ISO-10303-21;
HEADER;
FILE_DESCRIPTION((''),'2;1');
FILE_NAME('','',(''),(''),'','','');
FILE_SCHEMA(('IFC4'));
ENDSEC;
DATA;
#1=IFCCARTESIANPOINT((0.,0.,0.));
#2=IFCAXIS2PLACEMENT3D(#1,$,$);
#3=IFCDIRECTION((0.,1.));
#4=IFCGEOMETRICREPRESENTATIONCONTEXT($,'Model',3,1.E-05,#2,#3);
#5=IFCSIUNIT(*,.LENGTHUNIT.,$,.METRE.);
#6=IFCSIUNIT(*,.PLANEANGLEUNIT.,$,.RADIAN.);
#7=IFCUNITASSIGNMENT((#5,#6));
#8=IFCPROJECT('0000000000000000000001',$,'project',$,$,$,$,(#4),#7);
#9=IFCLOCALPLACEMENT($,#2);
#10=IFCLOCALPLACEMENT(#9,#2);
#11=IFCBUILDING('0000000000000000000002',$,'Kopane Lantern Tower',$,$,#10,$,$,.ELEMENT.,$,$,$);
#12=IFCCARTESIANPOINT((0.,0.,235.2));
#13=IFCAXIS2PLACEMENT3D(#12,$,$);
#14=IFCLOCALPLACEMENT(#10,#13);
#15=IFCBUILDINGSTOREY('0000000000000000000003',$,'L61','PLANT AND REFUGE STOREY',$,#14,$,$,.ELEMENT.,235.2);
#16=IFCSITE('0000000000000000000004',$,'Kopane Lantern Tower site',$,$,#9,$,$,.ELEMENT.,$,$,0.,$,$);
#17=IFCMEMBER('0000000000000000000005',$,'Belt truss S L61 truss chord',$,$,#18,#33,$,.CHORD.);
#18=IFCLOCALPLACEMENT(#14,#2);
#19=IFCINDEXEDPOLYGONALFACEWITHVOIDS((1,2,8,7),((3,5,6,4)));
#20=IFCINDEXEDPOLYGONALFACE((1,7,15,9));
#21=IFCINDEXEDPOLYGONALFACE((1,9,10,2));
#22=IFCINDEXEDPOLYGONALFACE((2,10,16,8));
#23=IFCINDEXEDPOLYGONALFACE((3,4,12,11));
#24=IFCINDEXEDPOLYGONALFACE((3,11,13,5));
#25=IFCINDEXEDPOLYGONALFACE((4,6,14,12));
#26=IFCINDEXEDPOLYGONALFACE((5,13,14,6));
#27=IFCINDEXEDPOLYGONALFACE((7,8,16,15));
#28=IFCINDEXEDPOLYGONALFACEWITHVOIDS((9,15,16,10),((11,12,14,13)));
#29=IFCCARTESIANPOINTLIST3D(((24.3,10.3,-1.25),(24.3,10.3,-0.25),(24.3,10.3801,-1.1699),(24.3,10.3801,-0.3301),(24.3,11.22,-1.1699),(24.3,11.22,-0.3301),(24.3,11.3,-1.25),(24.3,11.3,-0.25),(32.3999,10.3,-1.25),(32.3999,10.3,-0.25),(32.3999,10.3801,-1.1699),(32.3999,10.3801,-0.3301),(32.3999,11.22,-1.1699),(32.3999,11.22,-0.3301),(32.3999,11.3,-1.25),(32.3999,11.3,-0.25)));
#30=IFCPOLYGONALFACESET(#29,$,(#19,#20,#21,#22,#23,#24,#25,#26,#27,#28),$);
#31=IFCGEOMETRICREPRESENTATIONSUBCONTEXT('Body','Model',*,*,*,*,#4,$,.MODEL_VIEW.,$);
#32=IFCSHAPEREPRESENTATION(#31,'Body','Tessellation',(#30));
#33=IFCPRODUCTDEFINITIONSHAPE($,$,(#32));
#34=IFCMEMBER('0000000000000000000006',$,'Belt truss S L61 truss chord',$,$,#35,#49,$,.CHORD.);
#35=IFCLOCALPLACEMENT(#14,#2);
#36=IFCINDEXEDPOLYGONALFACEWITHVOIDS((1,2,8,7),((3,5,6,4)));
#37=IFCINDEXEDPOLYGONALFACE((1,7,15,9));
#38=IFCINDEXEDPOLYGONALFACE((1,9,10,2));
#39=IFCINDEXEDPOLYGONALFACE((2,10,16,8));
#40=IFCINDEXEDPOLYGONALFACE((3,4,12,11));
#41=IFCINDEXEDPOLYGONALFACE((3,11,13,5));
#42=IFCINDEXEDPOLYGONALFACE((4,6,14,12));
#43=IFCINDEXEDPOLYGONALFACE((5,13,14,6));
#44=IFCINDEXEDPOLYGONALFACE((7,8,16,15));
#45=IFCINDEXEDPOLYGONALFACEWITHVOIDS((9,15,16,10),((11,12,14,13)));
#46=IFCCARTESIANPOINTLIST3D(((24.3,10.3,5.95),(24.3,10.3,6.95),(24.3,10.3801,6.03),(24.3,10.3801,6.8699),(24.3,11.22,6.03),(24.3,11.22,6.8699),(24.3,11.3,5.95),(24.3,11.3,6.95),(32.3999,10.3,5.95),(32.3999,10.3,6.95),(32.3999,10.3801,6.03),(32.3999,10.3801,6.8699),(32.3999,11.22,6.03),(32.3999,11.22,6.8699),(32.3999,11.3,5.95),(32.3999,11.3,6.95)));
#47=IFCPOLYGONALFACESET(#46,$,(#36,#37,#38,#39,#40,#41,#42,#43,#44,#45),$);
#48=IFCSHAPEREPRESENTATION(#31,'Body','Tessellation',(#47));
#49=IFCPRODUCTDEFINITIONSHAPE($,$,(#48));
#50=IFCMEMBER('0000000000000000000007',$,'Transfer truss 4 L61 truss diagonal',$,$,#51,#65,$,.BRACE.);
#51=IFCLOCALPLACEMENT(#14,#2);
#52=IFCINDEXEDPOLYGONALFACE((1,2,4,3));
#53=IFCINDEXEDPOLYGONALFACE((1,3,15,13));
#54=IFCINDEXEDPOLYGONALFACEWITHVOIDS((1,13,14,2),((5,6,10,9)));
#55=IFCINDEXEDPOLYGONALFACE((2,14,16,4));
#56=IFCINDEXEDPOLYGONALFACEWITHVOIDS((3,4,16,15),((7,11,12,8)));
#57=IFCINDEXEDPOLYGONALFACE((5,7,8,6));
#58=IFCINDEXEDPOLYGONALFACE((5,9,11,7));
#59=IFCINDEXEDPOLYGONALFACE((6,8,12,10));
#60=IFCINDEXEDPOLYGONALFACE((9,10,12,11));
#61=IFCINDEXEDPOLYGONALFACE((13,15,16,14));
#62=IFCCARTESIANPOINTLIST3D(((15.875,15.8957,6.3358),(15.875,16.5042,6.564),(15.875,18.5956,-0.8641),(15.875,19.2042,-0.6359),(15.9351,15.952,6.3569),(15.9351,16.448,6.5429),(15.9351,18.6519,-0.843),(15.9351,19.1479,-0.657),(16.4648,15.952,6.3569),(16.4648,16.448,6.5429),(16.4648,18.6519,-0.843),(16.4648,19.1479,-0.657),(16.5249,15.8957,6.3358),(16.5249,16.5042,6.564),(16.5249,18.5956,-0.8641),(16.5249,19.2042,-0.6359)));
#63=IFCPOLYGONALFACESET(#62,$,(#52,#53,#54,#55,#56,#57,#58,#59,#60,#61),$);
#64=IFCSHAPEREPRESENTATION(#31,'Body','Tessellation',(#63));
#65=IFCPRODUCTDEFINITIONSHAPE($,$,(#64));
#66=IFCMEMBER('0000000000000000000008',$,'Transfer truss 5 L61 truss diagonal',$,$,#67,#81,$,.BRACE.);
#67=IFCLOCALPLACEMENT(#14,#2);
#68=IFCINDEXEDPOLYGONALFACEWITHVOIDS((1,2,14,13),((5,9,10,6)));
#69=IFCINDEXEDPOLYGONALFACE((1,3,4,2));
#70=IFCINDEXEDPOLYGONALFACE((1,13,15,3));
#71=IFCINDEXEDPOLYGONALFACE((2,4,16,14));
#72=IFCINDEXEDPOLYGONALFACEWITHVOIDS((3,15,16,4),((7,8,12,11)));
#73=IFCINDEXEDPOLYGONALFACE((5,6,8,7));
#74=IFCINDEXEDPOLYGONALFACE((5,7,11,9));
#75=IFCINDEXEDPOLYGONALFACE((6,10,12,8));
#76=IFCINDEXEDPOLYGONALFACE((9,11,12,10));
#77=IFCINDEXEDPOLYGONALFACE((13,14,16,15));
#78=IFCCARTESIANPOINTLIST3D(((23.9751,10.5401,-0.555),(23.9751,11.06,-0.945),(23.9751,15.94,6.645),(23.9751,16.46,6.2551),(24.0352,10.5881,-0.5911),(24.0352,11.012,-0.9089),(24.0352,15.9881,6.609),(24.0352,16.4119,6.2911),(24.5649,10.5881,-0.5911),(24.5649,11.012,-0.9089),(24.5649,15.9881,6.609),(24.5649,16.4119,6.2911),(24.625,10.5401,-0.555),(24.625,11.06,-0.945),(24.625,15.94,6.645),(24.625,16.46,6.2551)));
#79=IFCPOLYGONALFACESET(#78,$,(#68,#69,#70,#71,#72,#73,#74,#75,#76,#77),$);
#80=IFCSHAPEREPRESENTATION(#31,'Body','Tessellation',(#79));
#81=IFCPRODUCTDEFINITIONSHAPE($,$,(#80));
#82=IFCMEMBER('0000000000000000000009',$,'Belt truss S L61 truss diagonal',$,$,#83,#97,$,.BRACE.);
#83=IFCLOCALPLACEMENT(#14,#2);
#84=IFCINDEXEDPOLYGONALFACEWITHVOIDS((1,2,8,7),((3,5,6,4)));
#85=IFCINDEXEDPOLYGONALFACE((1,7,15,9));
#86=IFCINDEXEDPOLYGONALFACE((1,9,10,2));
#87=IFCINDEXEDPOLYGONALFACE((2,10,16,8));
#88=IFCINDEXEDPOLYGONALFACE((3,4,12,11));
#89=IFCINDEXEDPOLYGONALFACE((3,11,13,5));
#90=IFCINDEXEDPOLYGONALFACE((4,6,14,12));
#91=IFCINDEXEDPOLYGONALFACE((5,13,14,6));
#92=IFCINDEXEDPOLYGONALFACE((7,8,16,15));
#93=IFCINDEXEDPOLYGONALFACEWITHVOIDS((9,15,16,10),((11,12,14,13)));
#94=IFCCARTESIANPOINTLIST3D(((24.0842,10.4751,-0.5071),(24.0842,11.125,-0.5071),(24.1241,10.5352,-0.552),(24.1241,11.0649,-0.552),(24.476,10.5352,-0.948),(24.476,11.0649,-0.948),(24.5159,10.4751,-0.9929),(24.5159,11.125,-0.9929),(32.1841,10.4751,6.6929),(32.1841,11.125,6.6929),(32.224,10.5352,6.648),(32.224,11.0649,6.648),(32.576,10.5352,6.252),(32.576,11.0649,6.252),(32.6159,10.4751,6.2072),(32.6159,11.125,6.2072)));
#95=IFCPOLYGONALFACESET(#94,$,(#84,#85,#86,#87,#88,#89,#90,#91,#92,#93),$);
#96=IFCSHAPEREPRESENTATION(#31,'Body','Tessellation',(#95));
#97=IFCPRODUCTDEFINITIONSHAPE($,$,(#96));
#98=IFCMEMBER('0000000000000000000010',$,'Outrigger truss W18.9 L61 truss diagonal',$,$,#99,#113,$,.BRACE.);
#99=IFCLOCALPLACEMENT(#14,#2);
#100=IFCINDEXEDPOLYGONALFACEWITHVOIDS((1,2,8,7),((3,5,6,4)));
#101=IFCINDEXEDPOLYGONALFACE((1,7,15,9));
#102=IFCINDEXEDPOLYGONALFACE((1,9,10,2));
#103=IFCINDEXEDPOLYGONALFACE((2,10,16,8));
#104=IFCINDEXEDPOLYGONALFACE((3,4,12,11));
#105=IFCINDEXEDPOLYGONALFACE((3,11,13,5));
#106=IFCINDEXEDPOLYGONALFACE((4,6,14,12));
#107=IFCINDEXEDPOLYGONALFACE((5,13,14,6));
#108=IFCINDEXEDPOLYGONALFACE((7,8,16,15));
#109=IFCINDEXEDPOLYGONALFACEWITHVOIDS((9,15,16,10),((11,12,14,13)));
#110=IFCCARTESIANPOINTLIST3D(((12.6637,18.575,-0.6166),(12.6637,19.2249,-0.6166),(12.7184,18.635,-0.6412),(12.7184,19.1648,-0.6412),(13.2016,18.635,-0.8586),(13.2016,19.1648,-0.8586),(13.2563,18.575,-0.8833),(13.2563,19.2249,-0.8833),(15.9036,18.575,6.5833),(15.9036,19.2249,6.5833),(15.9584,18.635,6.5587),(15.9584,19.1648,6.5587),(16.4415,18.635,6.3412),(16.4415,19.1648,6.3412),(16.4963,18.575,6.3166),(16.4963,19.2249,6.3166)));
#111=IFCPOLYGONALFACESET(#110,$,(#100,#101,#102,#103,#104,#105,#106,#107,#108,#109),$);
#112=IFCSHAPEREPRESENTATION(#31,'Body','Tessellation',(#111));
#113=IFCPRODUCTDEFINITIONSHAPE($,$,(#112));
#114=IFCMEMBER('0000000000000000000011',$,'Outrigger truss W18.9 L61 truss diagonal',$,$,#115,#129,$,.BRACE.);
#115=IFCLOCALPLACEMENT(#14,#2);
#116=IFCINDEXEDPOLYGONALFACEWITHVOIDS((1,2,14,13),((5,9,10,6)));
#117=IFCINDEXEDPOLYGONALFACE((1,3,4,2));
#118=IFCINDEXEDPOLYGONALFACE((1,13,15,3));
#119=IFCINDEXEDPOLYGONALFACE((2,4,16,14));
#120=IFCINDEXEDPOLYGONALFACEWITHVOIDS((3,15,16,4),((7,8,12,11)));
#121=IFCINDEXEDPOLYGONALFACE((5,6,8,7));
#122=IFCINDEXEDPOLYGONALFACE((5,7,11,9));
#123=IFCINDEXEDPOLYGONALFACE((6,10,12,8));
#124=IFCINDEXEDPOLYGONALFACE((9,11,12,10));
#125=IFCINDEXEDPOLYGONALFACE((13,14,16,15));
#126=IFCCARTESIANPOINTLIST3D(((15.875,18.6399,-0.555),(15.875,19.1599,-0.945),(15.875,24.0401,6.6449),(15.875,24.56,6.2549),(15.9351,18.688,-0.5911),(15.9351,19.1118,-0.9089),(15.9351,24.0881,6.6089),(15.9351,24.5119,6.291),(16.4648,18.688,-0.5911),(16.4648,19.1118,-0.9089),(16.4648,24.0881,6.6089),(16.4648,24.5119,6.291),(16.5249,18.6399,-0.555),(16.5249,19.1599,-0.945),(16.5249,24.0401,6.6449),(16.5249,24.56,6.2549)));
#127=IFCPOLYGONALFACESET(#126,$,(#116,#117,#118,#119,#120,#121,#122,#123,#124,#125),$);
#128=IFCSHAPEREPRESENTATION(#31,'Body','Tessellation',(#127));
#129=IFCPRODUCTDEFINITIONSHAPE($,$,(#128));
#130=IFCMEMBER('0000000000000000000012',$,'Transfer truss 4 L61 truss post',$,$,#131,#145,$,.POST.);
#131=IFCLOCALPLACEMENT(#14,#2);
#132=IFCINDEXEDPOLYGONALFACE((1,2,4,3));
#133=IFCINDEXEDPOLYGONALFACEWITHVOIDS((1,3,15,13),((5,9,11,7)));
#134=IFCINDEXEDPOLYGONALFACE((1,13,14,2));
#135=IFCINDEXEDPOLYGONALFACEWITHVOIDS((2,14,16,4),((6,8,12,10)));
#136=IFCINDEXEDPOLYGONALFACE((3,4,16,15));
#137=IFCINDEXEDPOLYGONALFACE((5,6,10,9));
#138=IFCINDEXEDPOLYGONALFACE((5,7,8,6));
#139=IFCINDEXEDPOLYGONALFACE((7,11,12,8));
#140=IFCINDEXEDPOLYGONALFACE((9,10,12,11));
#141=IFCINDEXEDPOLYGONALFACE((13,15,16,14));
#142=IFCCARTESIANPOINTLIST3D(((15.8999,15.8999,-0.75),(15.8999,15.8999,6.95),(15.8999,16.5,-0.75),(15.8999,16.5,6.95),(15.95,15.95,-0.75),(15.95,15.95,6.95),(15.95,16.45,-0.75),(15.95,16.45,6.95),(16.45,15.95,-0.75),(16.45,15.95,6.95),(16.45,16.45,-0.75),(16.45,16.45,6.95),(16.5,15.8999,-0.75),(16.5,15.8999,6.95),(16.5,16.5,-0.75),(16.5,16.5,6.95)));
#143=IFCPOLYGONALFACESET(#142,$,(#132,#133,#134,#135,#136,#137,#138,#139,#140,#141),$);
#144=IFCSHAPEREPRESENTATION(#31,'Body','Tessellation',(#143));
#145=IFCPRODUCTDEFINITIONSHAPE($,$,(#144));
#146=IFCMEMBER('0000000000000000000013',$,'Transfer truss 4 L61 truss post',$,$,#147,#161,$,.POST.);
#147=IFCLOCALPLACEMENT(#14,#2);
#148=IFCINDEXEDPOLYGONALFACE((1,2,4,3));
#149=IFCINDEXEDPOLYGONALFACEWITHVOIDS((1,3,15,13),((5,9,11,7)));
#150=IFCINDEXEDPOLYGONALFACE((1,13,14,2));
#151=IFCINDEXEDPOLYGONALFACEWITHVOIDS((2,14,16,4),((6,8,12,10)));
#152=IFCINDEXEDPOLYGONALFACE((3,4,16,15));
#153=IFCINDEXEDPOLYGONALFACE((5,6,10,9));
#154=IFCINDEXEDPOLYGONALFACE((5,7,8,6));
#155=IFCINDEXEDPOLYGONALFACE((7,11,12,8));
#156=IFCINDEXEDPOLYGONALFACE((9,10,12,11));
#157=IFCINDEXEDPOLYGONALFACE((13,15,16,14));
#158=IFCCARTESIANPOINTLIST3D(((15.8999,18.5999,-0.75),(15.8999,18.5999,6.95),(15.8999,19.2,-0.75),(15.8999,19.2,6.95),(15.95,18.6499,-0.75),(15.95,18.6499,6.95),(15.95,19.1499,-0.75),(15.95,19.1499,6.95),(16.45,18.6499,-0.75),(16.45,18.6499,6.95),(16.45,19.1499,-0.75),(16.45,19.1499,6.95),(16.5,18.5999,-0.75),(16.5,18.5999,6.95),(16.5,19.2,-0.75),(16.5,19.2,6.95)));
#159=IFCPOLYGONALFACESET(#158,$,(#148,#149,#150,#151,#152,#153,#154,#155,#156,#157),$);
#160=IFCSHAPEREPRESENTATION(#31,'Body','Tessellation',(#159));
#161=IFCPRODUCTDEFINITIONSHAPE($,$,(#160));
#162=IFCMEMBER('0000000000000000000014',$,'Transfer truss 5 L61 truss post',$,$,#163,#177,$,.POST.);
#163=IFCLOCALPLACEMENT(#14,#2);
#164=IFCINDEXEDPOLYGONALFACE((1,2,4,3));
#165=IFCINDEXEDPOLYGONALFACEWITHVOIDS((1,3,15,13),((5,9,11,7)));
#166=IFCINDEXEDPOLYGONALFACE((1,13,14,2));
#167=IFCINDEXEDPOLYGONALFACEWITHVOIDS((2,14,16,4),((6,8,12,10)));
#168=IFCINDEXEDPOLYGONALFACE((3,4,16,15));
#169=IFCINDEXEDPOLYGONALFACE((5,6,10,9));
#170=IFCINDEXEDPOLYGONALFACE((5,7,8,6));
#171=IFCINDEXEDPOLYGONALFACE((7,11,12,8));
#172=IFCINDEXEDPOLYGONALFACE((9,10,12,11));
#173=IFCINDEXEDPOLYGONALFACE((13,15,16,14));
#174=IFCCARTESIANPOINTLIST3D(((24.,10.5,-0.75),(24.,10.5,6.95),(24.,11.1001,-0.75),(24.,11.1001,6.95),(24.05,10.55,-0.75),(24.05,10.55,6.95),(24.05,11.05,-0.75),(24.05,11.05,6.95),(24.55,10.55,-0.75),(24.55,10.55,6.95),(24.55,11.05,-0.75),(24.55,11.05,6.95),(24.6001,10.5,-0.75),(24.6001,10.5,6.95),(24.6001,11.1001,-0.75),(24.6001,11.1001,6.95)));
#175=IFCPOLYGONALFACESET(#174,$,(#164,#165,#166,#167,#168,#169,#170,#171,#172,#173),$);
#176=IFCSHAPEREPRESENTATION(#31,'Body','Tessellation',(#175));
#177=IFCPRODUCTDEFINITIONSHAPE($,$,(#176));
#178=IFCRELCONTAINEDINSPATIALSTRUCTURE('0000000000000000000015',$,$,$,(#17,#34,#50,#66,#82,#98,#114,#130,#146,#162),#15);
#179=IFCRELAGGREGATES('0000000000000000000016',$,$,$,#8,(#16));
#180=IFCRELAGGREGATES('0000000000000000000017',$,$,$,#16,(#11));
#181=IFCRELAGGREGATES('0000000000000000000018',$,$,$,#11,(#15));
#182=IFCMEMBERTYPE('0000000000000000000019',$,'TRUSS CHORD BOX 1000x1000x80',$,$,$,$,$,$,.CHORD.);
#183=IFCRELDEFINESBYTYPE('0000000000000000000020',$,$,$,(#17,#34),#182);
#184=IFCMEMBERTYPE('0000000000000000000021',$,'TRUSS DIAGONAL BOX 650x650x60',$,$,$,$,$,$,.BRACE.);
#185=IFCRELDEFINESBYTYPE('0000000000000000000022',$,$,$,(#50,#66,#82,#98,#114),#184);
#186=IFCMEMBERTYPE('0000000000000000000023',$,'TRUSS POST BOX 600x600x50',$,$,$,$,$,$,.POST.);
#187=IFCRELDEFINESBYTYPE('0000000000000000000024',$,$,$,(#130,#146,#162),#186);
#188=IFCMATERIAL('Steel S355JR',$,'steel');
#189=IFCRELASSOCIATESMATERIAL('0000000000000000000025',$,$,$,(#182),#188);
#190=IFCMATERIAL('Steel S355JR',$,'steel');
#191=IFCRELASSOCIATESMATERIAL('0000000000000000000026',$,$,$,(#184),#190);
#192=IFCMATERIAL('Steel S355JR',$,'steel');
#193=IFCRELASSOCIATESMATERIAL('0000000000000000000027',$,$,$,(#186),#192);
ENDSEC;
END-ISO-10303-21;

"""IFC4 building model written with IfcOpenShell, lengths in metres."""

from ifc_helpers import new_model, si_unit, direction, frame, origin, origin_2d, place, context, subcontext, project, spatial, hollow_rectangle, extrude, material, material_profile, profile_set, type_object, element, save


model = new_model("IFC4")

# Units and contexts
model_context = context("Model", 3, precision=1e-05, world=origin(), true_north=direction((0.0, 1.0)))
body_context = subcontext(model_context, "Body", "Model", "MODEL_VIEW")
ifc_project = project(units=[si_unit("LENGTHUNIT", "METRE"), si_unit("PLANEANGLEUNIT", "RADIAN")], contexts=[model_context])

# Site, building, storey
site_placement = place(None, origin())
site = spatial("IfcSite", under=ifc_project, at=site_placement, Name="Kopane Lantern Tower site", CompositionType="ELEMENT", RefElevation=0.0)
building_placement = place(site_placement, origin())
building = spatial("IfcBuilding", under=site, at=building_placement, Name="Kopane Lantern Tower", CompositionType="ELEMENT")
storey_placement = place(building_placement, frame((0.0, 0.0, 235.2)))
storey = spatial("IfcBuildingStorey", under=building, at=storey_placement, Name="L61", Description="PLANT AND REFUGE STOREY", CompositionType="ELEMENT", Elevation=235.2)

# Members
ifc_material_1 = material(Name="Steel S355JR", Category="steel")
ifc_material_profile_1 = material_profile(ifc_material_1, hollow_rectangle(XDim=1.0, YDim=1.0, WallThickness=0.0801, at=origin_2d()), Name="BOX 1000x1000x80")
ifc_profile_set_1 = profile_set([ifc_material_profile_1], Name="Steel S355JR")
member_type_1 = type_object("IfcMemberType", Name="TRUSS CHORD BOX 1000x1000x80", PredefinedType="CHORD", material=ifc_profile_set_1)
for number, where, z_axis, x_axis, name in (
    (1, (24.3, 10.8, -0.75), (1.0, 0.0, 0.0), (0.0, 1.0, 0.0), "Belt truss S L61 truss chord"),
    (2, (24.3, 10.8, 6.45), (1.0, 0.0, 0.0), (0.0, 1.0, 0.0), "Belt truss S L61 truss chord"),
):
    element("IfcMember", number, at=place(storey_placement, frame(where, z_axis=z_axis, x_axis=x_axis)), inside=storey, type_object=member_type_1, Name=name, PredefinedType="CHORD", context=body_context, shape_type="SweptSolid", body=[
        extrude(hollow_rectangle(XDim=1.0, YDim=1.0, WallThickness=0.0801, at=origin_2d()), origin(), (0.0, 0.0, 1.0), 8.0999),
    ])
ifc_material_2 = material(Name="Steel S355JR", Category="steel")
ifc_material_profile_2 = material_profile(ifc_material_2, hollow_rectangle(XDim=0.6499, YDim=0.6499, WallThickness=0.0601, at=origin_2d()), Name="BOX 650x650x60")
ifc_profile_set_2 = profile_set([ifc_material_profile_2], Name="Steel S355JR")
member_type_2 = type_object("IfcMemberType", Name="TRUSS DIAGONAL BOX 650x650x60", PredefinedType="BRACE", material=ifc_profile_set_2)
member_1_placement = place(storey_placement, frame((16.2, 18.8999, -0.75), z_axis=(0.0, -0.35112, 0.93633), x_axis=(1.0, 0.0, 0.0)))
element("IfcMember", 3, at=member_1_placement, inside=storey, type_object=member_type_2, Name="Transfer truss 4 L61 truss diagonal", PredefinedType="BRACE", context=body_context, shape_type="SweptSolid", body=[
    extrude(hollow_rectangle(XDim=0.6499, YDim=0.6499, WallThickness=0.0601, at=origin_2d()), origin(), (0.0, 0.0, 1.0), 7.6895),
])
member_2_placement = place(storey_placement, frame((24.3, 10.8, -0.75), z_axis=(0.0, 0.599996, 0.800003), x_axis=(-1.0, 0.0, 0.0)))
element("IfcMember", 4, at=member_2_placement, inside=storey, type_object=member_type_2, Name="Transfer truss 5 L61 truss diagonal", PredefinedType="BRACE", context=body_context, shape_type="SweptSolid", body=[
    extrude(hollow_rectangle(XDim=0.6499, YDim=0.6499, WallThickness=0.0601, at=origin_2d()), origin(), (0.0, 0.0, 1.0), 9.0),
])
member_3_placement = place(storey_placement, frame((24.3, 10.8, -0.75), z_axis=(0.747406, 0.0, 0.664368), x_axis=(0.0, 1.0, 0.0)))
element("IfcMember", 5, at=member_3_placement, inside=storey, type_object=member_type_2, Name="Belt truss S L61 truss diagonal", PredefinedType="BRACE", context=body_context, shape_type="SweptSolid", body=[
    extrude(hollow_rectangle(XDim=0.6499, YDim=0.6499, WallThickness=0.0601, at=origin_2d()), origin(), (0.0, 0.0, 1.0), 10.8374),
])
member_4_placement = place(storey_placement, frame((16.2, 18.8999, 6.45), z_axis=(-0.410366, 0.0, -0.911921), x_axis=(0.0, -1.0, 0.0)))
element("IfcMember", 6, at=member_4_placement, inside=storey, type_object=member_type_2, Name="Outrigger truss W18.9 L61 truss diagonal", PredefinedType="BRACE", context=body_context, shape_type="SweptSolid", body=[
    extrude(hollow_rectangle(XDim=0.6499, YDim=0.6499, WallThickness=0.0601, at=origin_2d()), origin(), (0.0, 0.0, 1.0), 7.8953),
])
member_5_placement = place(storey_placement, frame((16.2, 18.8999, -0.75), z_axis=(0.0, 0.600013, 0.79999), x_axis=(-1.0, 0.0, 0.0)))
element("IfcMember", 7, at=member_5_placement, inside=storey, type_object=member_type_2, Name="Outrigger truss W18.9 L61 truss diagonal", PredefinedType="BRACE", context=body_context, shape_type="SweptSolid", body=[
    extrude(hollow_rectangle(XDim=0.6499, YDim=0.6499, WallThickness=0.0601, at=origin_2d()), origin(), (0.0, 0.0, 1.0), 9.0),
])
ifc_material_3 = material(Name="Steel S355JR", Category="steel")
ifc_material_profile_3 = material_profile(ifc_material_3, hollow_rectangle(XDim=0.6001, YDim=0.6001, WallThickness=0.05, at=origin_2d()), Name="BOX 600x600x50")
ifc_profile_set_3 = profile_set([ifc_material_profile_3], Name="Steel S355JR")
member_type_3 = type_object("IfcMemberType", Name="TRUSS POST BOX 600x600x50", PredefinedType="POST", material=ifc_profile_set_3)
for number, where, z_axis, x_axis, name in (
    (8, (16.2, 16.2, -0.75), (0.0, 0.0, 1.0), (1.0, 0.0, 0.0), "Transfer truss 4 L61 truss post"),
    (9, (16.2, 18.8999, -0.75), (0.0, 0.0, 1.0), (1.0, 0.0, 0.0), "Transfer truss 4 L61 truss post"),
    (10, (24.3, 10.8, -0.75), (0.0, 0.0, 1.0), (1.0, 0.0, 0.0), "Transfer truss 5 L61 truss post"),
):
    element("IfcMember", number, at=place(storey_placement, frame(where, z_axis=z_axis, x_axis=x_axis)), inside=storey, type_object=member_type_3, Name=name, PredefinedType="POST", context=body_context, shape_type="SweptSolid", body=[
        extrude(hollow_rectangle(XDim=0.6001, YDim=0.6001, WallThickness=0.05, at=origin_2d()), origin(), (0.0, 0.0, 1.0), 7.7),
    ])

save(model, "model.ifc")
